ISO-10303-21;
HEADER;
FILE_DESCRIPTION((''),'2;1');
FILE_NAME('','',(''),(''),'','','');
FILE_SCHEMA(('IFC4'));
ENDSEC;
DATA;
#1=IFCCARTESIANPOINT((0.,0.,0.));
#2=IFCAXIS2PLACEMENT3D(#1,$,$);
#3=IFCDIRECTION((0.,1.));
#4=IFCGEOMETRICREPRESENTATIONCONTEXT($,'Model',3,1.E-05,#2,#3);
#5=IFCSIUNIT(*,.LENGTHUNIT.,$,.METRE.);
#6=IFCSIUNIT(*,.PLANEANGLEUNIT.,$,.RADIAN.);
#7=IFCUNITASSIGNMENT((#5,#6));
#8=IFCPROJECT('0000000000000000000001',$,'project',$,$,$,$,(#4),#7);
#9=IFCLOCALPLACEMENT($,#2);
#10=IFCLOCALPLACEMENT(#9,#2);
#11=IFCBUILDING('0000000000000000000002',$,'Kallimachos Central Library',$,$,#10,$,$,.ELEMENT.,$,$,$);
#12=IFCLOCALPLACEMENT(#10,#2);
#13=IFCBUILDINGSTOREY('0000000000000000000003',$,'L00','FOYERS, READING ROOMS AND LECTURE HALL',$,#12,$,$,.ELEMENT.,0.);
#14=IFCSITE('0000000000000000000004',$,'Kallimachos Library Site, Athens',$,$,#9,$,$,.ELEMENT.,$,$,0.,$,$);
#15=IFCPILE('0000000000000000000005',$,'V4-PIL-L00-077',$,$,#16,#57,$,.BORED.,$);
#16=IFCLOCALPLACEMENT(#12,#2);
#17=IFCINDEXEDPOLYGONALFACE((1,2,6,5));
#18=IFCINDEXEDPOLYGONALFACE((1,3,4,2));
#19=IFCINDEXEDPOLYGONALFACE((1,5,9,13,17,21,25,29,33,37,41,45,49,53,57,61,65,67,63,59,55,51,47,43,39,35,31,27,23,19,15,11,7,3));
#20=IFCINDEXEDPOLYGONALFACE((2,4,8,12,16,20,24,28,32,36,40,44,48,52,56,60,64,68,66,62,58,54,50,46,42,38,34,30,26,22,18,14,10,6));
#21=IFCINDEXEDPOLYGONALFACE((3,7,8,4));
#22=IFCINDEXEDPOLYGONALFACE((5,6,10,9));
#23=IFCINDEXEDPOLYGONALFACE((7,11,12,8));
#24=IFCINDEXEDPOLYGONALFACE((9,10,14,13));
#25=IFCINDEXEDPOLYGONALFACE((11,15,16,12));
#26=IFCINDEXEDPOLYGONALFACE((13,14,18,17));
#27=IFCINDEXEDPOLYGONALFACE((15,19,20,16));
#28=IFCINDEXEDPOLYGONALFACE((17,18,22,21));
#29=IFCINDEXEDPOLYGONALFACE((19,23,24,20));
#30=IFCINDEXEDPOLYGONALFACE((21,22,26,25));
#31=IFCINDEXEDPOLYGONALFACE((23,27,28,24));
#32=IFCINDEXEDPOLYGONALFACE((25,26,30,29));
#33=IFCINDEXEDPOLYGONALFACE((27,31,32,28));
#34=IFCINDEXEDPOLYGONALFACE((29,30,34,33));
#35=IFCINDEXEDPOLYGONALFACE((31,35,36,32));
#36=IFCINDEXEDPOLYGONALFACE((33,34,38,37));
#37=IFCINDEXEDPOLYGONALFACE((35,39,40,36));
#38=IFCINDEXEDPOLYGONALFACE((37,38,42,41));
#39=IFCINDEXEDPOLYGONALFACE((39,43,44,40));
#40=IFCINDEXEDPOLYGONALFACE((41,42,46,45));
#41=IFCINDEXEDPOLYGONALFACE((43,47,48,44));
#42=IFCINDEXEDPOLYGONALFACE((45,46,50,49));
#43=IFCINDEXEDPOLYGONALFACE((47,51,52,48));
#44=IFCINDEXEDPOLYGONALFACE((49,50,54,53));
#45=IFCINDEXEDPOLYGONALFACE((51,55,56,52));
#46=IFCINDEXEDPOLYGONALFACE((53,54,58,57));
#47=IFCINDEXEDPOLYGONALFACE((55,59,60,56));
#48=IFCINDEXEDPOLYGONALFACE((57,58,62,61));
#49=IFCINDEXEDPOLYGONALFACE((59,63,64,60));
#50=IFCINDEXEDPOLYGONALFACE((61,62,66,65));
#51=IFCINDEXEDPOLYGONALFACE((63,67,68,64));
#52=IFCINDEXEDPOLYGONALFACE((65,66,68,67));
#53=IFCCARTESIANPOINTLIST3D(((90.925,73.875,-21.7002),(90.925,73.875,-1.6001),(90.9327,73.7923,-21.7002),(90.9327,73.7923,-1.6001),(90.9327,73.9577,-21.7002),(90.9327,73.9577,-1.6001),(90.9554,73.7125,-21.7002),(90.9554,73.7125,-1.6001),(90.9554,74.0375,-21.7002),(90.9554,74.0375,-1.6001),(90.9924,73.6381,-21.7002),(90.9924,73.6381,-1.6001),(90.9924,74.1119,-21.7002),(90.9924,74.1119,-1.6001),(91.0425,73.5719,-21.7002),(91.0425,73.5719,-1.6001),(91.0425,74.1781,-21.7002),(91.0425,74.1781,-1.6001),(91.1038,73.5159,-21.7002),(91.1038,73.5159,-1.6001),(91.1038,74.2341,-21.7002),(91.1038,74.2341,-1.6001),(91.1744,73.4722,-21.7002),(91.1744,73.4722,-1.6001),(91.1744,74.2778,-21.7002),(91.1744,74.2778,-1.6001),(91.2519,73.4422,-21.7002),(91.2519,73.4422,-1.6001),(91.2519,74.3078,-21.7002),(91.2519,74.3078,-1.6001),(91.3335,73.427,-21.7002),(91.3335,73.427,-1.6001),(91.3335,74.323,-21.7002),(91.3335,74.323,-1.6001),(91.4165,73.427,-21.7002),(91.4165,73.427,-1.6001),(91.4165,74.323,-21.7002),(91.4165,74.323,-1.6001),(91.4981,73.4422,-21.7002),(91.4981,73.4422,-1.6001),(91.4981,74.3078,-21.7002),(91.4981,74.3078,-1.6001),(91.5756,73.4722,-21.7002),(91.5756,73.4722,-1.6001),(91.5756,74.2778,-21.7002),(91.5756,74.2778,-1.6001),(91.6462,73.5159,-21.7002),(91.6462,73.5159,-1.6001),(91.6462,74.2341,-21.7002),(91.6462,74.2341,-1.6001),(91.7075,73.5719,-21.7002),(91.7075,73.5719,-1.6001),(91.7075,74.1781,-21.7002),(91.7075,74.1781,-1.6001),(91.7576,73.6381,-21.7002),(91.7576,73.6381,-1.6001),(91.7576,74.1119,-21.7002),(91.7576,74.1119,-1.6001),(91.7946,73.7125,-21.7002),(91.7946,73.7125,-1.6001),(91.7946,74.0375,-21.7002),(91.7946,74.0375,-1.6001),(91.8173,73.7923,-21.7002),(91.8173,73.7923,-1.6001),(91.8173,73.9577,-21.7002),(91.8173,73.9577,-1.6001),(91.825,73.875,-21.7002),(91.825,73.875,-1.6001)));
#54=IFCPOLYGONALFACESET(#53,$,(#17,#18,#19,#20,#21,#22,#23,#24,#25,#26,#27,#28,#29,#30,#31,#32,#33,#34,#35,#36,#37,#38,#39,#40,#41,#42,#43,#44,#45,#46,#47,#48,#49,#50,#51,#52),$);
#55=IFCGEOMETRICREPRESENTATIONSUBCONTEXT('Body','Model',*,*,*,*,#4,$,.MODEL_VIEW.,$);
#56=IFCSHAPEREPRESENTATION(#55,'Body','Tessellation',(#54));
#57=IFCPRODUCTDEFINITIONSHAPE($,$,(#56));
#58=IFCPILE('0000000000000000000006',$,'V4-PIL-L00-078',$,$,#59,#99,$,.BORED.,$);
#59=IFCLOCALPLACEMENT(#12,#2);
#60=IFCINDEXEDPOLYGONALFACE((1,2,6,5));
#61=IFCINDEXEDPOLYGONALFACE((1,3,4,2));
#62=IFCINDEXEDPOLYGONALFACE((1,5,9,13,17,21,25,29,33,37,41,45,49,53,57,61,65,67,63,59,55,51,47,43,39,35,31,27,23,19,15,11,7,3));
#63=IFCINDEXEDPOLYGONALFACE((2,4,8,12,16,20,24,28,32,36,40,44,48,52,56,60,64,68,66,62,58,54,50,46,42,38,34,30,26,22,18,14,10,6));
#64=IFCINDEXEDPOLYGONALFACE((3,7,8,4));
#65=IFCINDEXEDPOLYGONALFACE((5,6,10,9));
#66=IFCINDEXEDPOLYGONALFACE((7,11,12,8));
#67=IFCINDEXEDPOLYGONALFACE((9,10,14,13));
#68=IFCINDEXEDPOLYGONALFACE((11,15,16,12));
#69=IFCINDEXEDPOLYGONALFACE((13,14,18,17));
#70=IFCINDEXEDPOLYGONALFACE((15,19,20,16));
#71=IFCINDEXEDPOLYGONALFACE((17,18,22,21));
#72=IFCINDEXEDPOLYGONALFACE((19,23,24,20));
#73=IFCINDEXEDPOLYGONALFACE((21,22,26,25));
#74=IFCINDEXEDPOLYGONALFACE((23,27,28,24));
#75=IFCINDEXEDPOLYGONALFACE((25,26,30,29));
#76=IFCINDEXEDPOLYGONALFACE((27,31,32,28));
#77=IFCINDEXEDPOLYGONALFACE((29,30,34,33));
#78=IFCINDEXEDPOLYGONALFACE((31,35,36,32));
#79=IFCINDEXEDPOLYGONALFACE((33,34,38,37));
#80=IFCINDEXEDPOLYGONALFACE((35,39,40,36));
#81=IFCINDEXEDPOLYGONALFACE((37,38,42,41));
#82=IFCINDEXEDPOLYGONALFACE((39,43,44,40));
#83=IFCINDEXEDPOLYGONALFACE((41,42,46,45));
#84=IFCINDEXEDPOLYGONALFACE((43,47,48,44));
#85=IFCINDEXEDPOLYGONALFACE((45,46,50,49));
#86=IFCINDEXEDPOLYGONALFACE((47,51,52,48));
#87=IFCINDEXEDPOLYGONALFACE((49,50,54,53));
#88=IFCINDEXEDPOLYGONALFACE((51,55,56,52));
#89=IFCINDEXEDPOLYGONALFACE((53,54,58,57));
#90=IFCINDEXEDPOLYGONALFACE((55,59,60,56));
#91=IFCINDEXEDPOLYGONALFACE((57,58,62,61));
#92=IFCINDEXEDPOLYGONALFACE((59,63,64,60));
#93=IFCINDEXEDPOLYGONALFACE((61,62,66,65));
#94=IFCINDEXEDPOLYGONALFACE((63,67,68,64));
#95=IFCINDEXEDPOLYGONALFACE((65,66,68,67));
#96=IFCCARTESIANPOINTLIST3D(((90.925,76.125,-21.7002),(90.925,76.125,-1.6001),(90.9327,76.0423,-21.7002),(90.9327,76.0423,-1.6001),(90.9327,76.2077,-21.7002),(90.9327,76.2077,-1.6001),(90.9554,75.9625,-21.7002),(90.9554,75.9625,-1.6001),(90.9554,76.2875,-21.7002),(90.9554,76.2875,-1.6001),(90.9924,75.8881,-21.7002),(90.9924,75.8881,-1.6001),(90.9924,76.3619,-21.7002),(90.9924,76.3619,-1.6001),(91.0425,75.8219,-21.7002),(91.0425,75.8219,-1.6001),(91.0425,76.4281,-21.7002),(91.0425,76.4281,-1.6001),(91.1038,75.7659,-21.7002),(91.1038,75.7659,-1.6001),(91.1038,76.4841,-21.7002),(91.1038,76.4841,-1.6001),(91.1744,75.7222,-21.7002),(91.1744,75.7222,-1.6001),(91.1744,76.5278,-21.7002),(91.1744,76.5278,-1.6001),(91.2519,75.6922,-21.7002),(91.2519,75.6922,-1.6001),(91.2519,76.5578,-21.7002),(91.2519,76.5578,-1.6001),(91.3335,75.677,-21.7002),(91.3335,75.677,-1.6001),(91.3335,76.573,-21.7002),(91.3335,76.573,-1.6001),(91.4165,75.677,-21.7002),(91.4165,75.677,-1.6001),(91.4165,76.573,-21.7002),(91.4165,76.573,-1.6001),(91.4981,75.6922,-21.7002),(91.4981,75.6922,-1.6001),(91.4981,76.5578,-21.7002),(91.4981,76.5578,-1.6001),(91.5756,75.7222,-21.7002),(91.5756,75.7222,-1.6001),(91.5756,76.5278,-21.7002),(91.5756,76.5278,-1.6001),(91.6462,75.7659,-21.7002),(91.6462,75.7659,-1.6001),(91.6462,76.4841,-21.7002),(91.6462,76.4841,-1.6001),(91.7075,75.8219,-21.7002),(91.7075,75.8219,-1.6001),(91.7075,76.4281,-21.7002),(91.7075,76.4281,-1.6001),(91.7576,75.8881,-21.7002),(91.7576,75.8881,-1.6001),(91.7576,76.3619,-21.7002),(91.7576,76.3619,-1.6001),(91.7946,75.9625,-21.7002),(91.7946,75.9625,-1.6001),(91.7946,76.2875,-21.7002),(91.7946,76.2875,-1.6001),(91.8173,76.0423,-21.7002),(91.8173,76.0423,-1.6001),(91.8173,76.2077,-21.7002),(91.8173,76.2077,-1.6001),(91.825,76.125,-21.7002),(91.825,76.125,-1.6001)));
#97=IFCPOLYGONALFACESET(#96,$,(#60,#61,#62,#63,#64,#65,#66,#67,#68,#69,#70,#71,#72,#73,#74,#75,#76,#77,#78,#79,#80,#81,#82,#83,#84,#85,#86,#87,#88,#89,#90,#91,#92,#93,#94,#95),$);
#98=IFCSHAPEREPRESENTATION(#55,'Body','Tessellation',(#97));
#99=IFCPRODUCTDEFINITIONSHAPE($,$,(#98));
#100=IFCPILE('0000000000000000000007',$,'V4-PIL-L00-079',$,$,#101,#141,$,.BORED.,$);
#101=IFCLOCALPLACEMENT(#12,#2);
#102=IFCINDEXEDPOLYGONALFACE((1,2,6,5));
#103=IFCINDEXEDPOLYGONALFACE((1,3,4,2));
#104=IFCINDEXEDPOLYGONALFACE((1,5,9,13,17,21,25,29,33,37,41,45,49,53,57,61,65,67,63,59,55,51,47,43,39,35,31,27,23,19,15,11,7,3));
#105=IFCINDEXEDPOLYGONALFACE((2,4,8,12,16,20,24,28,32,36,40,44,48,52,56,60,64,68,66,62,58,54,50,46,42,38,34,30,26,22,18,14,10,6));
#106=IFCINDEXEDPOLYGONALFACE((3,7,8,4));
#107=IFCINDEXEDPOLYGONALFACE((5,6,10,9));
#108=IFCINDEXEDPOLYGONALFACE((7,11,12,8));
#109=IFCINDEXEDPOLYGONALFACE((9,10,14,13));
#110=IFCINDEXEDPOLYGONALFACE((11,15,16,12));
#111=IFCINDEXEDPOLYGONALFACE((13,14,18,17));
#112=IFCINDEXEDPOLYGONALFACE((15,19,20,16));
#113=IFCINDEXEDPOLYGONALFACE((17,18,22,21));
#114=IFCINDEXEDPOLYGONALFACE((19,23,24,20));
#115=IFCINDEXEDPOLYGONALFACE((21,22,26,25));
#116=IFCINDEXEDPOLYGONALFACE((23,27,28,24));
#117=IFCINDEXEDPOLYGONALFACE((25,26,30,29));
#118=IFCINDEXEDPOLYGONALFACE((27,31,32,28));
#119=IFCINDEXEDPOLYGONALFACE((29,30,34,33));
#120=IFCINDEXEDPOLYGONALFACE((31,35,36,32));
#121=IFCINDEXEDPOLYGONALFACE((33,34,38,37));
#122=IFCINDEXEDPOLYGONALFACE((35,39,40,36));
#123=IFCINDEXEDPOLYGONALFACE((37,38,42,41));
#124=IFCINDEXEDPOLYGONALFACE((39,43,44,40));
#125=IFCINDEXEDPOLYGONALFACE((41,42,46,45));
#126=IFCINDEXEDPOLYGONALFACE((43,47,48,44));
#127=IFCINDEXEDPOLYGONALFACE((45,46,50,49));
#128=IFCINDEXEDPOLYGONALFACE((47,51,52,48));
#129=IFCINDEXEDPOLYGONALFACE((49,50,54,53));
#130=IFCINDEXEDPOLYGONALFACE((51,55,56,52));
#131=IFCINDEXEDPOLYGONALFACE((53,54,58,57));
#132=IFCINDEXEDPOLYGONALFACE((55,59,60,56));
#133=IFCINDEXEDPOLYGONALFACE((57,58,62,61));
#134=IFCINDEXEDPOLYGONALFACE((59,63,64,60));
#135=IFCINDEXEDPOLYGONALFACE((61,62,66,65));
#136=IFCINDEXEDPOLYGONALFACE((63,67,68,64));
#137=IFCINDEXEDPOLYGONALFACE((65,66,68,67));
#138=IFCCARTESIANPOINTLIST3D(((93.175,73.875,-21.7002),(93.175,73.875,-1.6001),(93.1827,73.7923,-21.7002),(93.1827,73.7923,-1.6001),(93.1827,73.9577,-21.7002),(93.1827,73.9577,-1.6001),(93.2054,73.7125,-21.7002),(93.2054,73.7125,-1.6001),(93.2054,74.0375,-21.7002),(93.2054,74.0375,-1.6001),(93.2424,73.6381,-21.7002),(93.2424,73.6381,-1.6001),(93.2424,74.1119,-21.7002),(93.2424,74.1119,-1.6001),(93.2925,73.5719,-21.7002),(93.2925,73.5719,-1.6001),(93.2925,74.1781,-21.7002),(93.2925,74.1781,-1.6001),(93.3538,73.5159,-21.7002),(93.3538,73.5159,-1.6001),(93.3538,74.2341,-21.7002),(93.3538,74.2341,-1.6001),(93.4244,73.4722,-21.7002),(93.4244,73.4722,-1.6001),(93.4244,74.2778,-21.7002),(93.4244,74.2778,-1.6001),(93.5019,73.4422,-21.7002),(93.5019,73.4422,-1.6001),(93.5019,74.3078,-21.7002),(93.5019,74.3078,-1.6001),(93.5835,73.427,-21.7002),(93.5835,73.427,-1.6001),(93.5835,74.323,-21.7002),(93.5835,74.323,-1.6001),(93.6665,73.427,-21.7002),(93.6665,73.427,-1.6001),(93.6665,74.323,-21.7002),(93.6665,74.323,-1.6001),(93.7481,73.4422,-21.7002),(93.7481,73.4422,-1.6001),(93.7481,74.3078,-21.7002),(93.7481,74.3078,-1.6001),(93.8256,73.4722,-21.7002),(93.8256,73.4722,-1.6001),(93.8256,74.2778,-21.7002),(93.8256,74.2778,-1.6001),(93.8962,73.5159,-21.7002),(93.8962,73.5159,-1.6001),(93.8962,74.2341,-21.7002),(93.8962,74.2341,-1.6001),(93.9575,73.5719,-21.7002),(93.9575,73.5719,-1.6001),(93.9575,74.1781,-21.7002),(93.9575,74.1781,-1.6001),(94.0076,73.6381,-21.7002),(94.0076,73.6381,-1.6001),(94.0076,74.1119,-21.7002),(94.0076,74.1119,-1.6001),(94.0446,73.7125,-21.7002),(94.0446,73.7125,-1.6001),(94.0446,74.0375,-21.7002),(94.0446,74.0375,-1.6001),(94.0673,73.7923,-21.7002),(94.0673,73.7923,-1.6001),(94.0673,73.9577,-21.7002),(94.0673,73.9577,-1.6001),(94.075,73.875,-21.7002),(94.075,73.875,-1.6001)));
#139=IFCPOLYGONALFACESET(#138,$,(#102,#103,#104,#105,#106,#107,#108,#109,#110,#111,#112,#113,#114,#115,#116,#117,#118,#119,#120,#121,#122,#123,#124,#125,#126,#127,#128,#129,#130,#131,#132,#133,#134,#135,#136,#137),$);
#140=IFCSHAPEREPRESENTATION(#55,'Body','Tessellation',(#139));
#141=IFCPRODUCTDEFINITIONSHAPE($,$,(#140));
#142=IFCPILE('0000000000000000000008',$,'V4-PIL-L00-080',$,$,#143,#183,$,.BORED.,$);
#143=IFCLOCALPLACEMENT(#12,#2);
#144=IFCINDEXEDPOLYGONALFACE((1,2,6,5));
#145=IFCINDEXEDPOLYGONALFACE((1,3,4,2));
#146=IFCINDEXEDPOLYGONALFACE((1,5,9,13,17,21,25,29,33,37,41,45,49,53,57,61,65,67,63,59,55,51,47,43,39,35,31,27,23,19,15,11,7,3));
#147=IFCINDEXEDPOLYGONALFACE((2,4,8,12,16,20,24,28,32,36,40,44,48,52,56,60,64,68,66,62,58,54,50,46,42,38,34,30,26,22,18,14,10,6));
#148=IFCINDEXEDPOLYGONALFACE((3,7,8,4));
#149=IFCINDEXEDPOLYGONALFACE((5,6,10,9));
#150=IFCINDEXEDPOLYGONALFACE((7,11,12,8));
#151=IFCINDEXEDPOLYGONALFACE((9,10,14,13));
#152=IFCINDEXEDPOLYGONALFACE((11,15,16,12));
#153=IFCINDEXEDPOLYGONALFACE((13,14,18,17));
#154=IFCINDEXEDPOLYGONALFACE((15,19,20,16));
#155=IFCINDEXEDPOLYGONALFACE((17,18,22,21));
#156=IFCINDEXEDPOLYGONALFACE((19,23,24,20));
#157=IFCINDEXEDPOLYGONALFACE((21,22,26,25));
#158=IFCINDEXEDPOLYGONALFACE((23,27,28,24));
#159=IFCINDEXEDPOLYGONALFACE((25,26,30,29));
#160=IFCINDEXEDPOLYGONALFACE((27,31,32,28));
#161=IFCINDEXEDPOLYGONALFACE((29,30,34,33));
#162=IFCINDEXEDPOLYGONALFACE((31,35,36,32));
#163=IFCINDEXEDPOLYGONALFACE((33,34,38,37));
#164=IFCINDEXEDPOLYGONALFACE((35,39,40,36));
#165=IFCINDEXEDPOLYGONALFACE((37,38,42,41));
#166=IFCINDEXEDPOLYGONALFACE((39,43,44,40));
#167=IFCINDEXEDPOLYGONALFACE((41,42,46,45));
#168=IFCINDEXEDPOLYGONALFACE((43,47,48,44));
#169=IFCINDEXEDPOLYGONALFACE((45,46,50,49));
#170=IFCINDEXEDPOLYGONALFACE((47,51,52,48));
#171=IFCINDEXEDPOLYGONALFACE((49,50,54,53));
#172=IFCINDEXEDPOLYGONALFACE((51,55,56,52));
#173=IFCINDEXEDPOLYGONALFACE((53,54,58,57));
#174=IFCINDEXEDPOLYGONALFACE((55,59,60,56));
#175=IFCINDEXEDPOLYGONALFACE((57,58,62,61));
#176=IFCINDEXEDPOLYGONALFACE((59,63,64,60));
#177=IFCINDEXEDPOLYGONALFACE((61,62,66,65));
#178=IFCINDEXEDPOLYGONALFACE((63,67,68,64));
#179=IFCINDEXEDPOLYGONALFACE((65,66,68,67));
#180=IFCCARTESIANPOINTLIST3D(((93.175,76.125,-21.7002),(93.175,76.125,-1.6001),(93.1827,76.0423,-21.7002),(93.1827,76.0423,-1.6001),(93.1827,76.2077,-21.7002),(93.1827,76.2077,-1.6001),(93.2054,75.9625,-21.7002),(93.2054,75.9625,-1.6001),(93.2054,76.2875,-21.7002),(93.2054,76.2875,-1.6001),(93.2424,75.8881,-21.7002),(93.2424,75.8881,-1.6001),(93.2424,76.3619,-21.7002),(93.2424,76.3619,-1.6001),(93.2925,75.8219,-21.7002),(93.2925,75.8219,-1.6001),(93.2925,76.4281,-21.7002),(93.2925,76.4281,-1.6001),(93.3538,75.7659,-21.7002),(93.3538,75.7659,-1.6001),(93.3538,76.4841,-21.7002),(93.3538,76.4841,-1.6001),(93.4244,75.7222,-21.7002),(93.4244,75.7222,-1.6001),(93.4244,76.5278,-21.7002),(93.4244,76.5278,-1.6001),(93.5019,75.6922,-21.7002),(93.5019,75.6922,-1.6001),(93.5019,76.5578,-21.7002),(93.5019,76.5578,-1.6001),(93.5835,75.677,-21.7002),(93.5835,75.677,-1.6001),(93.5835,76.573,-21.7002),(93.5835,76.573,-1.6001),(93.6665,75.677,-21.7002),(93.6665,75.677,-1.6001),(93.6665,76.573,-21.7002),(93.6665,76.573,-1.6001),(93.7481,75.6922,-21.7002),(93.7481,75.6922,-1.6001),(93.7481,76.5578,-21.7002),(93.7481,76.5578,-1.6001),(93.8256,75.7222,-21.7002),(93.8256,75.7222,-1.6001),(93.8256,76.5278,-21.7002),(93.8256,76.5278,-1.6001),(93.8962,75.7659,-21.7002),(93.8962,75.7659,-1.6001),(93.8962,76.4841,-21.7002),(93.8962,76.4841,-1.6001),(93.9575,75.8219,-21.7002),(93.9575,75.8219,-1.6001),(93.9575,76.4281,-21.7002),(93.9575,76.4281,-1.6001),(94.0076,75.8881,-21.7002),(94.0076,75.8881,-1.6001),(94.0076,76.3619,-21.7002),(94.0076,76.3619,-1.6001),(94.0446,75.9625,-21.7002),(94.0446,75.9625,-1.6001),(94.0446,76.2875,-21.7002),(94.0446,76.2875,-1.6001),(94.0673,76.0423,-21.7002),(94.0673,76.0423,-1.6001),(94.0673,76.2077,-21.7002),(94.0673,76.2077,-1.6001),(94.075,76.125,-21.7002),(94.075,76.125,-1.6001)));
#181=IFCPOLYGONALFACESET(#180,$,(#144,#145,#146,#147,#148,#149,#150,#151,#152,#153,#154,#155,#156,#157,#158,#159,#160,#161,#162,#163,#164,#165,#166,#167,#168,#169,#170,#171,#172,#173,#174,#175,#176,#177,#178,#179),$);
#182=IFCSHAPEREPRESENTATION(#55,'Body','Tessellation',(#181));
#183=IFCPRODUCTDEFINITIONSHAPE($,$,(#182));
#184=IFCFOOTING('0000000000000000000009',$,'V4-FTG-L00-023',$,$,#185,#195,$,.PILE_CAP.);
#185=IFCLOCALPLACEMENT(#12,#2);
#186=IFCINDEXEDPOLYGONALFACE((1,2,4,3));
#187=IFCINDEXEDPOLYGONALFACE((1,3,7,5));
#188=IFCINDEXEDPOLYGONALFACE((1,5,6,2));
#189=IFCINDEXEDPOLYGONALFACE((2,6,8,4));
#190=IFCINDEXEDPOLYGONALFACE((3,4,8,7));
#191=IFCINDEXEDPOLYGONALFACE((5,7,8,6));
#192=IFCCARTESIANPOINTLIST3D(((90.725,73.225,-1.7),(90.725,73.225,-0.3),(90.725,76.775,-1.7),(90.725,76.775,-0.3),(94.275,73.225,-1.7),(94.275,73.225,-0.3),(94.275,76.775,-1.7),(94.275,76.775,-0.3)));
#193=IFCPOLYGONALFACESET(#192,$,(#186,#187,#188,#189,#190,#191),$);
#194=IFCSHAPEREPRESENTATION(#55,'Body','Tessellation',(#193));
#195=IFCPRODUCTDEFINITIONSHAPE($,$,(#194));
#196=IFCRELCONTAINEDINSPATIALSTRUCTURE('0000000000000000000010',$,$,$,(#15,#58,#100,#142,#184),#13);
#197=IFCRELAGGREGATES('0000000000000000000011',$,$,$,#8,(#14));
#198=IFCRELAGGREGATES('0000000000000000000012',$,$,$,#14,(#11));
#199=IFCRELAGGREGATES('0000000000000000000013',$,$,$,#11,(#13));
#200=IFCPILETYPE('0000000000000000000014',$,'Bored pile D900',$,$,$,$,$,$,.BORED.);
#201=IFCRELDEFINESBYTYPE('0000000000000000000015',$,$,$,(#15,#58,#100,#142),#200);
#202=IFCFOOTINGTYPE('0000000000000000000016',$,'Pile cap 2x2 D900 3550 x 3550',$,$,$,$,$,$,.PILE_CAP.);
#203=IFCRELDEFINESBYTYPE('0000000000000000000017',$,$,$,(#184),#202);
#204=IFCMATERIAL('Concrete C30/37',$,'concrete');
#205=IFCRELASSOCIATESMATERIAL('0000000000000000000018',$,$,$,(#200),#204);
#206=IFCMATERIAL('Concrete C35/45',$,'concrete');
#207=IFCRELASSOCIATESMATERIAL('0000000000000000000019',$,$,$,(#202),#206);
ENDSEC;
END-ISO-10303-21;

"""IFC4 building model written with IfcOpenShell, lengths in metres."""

from ifc_helpers import new_model, si_unit, direction, frame, origin, origin_2d, place, context, subcontext, project, spatial, rectangle, circle, extrude, material, type_object, element, save


model = new_model("IFC4")

# Units and contexts
model_context = context("Model", 3, precision=1e-05, world=origin(), true_north=direction((0.0, 1.0)))
body_context = subcontext(model_context, "Body", "Model", "MODEL_VIEW")
ifc_project = project(units=[si_unit("LENGTHUNIT", "METRE"), si_unit("PLANEANGLEUNIT", "RADIAN")], contexts=[model_context])

# Site, building, storey
site_placement = place(None, origin())
site = spatial("IfcSite", under=ifc_project, at=site_placement, Name="Kallimachos Library Site, Athens", CompositionType="ELEMENT", RefElevation=0.0)
building_placement = place(site_placement, origin())
building = spatial("IfcBuilding", under=site, at=building_placement, Name="Kallimachos Central Library", CompositionType="ELEMENT")
storey_placement = place(building_placement, origin())
storey = spatial("IfcBuildingStorey", under=building, at=storey_placement, Name="L00", Description="FOYERS, READING ROOMS AND LECTURE HALL", CompositionType="ELEMENT", Elevation=0.0)

# Piles
ifc_material_1 = material(Name="Concrete C30/37", Category="concrete")
pile_type = type_object("IfcPileType", Name="Bored pile D900", PredefinedType="BORED", material=ifc_material_1)
for number, where, z_axis, x_axis, name in (
    (1, (91.375, 73.875, -1.6001), (0.0, 0.0, -1.0), (1.0, 0.0, 0.0), "V4-PIL-L00-077"),
    (2, (91.375, 76.125, -1.6001), (0.0, 0.0, -1.0), (1.0, 0.0, 0.0), "V4-PIL-L00-078"),
    (3, (93.625, 73.875, -1.6001), (0.0, 0.0, -1.0), (1.0, 0.0, 0.0), "V4-PIL-L00-079"),
    (4, (93.625, 76.125, -1.6001), (0.0, 0.0, -1.0), (1.0, 0.0, 0.0), "V4-PIL-L00-080"),
):
    element("IfcPile", number, at=place(storey_placement, frame(where, z_axis=z_axis, x_axis=x_axis)), inside=storey, type_object=pile_type, Name=name, PredefinedType="BORED", context=body_context, shape_type="SweptSolid", body=[
        extrude(circle(Radius=0.45, at=origin_2d()), origin(), (0.0, 0.0, 1.0), 20.1001),
    ])

# Footing
ifc_material_2 = material(Name="Concrete C35/45", Category="concrete")
footing_type = type_object("IfcFootingType", Name="Pile cap 2x2 D900 3550 x 3550", PredefinedType="PILE_CAP", material=ifc_material_2)
footing_placement = place(storey_placement, frame((92.5, 75.0, -1.7), z_axis=(0.0, 0.0, 1.0), x_axis=(1.0, 0.0, 0.0)))
element("IfcFooting", 5, at=footing_placement, inside=storey, type_object=footing_type, Name="V4-FTG-L00-023", PredefinedType="PILE_CAP", context=body_context, shape_type="SweptSolid", body=[
    extrude(rectangle(XDim=3.55, YDim=3.55, at=origin_2d()), origin(), (0.0, 0.0, 1.0), 1.3999),
])

save(model, "model.ifc")
